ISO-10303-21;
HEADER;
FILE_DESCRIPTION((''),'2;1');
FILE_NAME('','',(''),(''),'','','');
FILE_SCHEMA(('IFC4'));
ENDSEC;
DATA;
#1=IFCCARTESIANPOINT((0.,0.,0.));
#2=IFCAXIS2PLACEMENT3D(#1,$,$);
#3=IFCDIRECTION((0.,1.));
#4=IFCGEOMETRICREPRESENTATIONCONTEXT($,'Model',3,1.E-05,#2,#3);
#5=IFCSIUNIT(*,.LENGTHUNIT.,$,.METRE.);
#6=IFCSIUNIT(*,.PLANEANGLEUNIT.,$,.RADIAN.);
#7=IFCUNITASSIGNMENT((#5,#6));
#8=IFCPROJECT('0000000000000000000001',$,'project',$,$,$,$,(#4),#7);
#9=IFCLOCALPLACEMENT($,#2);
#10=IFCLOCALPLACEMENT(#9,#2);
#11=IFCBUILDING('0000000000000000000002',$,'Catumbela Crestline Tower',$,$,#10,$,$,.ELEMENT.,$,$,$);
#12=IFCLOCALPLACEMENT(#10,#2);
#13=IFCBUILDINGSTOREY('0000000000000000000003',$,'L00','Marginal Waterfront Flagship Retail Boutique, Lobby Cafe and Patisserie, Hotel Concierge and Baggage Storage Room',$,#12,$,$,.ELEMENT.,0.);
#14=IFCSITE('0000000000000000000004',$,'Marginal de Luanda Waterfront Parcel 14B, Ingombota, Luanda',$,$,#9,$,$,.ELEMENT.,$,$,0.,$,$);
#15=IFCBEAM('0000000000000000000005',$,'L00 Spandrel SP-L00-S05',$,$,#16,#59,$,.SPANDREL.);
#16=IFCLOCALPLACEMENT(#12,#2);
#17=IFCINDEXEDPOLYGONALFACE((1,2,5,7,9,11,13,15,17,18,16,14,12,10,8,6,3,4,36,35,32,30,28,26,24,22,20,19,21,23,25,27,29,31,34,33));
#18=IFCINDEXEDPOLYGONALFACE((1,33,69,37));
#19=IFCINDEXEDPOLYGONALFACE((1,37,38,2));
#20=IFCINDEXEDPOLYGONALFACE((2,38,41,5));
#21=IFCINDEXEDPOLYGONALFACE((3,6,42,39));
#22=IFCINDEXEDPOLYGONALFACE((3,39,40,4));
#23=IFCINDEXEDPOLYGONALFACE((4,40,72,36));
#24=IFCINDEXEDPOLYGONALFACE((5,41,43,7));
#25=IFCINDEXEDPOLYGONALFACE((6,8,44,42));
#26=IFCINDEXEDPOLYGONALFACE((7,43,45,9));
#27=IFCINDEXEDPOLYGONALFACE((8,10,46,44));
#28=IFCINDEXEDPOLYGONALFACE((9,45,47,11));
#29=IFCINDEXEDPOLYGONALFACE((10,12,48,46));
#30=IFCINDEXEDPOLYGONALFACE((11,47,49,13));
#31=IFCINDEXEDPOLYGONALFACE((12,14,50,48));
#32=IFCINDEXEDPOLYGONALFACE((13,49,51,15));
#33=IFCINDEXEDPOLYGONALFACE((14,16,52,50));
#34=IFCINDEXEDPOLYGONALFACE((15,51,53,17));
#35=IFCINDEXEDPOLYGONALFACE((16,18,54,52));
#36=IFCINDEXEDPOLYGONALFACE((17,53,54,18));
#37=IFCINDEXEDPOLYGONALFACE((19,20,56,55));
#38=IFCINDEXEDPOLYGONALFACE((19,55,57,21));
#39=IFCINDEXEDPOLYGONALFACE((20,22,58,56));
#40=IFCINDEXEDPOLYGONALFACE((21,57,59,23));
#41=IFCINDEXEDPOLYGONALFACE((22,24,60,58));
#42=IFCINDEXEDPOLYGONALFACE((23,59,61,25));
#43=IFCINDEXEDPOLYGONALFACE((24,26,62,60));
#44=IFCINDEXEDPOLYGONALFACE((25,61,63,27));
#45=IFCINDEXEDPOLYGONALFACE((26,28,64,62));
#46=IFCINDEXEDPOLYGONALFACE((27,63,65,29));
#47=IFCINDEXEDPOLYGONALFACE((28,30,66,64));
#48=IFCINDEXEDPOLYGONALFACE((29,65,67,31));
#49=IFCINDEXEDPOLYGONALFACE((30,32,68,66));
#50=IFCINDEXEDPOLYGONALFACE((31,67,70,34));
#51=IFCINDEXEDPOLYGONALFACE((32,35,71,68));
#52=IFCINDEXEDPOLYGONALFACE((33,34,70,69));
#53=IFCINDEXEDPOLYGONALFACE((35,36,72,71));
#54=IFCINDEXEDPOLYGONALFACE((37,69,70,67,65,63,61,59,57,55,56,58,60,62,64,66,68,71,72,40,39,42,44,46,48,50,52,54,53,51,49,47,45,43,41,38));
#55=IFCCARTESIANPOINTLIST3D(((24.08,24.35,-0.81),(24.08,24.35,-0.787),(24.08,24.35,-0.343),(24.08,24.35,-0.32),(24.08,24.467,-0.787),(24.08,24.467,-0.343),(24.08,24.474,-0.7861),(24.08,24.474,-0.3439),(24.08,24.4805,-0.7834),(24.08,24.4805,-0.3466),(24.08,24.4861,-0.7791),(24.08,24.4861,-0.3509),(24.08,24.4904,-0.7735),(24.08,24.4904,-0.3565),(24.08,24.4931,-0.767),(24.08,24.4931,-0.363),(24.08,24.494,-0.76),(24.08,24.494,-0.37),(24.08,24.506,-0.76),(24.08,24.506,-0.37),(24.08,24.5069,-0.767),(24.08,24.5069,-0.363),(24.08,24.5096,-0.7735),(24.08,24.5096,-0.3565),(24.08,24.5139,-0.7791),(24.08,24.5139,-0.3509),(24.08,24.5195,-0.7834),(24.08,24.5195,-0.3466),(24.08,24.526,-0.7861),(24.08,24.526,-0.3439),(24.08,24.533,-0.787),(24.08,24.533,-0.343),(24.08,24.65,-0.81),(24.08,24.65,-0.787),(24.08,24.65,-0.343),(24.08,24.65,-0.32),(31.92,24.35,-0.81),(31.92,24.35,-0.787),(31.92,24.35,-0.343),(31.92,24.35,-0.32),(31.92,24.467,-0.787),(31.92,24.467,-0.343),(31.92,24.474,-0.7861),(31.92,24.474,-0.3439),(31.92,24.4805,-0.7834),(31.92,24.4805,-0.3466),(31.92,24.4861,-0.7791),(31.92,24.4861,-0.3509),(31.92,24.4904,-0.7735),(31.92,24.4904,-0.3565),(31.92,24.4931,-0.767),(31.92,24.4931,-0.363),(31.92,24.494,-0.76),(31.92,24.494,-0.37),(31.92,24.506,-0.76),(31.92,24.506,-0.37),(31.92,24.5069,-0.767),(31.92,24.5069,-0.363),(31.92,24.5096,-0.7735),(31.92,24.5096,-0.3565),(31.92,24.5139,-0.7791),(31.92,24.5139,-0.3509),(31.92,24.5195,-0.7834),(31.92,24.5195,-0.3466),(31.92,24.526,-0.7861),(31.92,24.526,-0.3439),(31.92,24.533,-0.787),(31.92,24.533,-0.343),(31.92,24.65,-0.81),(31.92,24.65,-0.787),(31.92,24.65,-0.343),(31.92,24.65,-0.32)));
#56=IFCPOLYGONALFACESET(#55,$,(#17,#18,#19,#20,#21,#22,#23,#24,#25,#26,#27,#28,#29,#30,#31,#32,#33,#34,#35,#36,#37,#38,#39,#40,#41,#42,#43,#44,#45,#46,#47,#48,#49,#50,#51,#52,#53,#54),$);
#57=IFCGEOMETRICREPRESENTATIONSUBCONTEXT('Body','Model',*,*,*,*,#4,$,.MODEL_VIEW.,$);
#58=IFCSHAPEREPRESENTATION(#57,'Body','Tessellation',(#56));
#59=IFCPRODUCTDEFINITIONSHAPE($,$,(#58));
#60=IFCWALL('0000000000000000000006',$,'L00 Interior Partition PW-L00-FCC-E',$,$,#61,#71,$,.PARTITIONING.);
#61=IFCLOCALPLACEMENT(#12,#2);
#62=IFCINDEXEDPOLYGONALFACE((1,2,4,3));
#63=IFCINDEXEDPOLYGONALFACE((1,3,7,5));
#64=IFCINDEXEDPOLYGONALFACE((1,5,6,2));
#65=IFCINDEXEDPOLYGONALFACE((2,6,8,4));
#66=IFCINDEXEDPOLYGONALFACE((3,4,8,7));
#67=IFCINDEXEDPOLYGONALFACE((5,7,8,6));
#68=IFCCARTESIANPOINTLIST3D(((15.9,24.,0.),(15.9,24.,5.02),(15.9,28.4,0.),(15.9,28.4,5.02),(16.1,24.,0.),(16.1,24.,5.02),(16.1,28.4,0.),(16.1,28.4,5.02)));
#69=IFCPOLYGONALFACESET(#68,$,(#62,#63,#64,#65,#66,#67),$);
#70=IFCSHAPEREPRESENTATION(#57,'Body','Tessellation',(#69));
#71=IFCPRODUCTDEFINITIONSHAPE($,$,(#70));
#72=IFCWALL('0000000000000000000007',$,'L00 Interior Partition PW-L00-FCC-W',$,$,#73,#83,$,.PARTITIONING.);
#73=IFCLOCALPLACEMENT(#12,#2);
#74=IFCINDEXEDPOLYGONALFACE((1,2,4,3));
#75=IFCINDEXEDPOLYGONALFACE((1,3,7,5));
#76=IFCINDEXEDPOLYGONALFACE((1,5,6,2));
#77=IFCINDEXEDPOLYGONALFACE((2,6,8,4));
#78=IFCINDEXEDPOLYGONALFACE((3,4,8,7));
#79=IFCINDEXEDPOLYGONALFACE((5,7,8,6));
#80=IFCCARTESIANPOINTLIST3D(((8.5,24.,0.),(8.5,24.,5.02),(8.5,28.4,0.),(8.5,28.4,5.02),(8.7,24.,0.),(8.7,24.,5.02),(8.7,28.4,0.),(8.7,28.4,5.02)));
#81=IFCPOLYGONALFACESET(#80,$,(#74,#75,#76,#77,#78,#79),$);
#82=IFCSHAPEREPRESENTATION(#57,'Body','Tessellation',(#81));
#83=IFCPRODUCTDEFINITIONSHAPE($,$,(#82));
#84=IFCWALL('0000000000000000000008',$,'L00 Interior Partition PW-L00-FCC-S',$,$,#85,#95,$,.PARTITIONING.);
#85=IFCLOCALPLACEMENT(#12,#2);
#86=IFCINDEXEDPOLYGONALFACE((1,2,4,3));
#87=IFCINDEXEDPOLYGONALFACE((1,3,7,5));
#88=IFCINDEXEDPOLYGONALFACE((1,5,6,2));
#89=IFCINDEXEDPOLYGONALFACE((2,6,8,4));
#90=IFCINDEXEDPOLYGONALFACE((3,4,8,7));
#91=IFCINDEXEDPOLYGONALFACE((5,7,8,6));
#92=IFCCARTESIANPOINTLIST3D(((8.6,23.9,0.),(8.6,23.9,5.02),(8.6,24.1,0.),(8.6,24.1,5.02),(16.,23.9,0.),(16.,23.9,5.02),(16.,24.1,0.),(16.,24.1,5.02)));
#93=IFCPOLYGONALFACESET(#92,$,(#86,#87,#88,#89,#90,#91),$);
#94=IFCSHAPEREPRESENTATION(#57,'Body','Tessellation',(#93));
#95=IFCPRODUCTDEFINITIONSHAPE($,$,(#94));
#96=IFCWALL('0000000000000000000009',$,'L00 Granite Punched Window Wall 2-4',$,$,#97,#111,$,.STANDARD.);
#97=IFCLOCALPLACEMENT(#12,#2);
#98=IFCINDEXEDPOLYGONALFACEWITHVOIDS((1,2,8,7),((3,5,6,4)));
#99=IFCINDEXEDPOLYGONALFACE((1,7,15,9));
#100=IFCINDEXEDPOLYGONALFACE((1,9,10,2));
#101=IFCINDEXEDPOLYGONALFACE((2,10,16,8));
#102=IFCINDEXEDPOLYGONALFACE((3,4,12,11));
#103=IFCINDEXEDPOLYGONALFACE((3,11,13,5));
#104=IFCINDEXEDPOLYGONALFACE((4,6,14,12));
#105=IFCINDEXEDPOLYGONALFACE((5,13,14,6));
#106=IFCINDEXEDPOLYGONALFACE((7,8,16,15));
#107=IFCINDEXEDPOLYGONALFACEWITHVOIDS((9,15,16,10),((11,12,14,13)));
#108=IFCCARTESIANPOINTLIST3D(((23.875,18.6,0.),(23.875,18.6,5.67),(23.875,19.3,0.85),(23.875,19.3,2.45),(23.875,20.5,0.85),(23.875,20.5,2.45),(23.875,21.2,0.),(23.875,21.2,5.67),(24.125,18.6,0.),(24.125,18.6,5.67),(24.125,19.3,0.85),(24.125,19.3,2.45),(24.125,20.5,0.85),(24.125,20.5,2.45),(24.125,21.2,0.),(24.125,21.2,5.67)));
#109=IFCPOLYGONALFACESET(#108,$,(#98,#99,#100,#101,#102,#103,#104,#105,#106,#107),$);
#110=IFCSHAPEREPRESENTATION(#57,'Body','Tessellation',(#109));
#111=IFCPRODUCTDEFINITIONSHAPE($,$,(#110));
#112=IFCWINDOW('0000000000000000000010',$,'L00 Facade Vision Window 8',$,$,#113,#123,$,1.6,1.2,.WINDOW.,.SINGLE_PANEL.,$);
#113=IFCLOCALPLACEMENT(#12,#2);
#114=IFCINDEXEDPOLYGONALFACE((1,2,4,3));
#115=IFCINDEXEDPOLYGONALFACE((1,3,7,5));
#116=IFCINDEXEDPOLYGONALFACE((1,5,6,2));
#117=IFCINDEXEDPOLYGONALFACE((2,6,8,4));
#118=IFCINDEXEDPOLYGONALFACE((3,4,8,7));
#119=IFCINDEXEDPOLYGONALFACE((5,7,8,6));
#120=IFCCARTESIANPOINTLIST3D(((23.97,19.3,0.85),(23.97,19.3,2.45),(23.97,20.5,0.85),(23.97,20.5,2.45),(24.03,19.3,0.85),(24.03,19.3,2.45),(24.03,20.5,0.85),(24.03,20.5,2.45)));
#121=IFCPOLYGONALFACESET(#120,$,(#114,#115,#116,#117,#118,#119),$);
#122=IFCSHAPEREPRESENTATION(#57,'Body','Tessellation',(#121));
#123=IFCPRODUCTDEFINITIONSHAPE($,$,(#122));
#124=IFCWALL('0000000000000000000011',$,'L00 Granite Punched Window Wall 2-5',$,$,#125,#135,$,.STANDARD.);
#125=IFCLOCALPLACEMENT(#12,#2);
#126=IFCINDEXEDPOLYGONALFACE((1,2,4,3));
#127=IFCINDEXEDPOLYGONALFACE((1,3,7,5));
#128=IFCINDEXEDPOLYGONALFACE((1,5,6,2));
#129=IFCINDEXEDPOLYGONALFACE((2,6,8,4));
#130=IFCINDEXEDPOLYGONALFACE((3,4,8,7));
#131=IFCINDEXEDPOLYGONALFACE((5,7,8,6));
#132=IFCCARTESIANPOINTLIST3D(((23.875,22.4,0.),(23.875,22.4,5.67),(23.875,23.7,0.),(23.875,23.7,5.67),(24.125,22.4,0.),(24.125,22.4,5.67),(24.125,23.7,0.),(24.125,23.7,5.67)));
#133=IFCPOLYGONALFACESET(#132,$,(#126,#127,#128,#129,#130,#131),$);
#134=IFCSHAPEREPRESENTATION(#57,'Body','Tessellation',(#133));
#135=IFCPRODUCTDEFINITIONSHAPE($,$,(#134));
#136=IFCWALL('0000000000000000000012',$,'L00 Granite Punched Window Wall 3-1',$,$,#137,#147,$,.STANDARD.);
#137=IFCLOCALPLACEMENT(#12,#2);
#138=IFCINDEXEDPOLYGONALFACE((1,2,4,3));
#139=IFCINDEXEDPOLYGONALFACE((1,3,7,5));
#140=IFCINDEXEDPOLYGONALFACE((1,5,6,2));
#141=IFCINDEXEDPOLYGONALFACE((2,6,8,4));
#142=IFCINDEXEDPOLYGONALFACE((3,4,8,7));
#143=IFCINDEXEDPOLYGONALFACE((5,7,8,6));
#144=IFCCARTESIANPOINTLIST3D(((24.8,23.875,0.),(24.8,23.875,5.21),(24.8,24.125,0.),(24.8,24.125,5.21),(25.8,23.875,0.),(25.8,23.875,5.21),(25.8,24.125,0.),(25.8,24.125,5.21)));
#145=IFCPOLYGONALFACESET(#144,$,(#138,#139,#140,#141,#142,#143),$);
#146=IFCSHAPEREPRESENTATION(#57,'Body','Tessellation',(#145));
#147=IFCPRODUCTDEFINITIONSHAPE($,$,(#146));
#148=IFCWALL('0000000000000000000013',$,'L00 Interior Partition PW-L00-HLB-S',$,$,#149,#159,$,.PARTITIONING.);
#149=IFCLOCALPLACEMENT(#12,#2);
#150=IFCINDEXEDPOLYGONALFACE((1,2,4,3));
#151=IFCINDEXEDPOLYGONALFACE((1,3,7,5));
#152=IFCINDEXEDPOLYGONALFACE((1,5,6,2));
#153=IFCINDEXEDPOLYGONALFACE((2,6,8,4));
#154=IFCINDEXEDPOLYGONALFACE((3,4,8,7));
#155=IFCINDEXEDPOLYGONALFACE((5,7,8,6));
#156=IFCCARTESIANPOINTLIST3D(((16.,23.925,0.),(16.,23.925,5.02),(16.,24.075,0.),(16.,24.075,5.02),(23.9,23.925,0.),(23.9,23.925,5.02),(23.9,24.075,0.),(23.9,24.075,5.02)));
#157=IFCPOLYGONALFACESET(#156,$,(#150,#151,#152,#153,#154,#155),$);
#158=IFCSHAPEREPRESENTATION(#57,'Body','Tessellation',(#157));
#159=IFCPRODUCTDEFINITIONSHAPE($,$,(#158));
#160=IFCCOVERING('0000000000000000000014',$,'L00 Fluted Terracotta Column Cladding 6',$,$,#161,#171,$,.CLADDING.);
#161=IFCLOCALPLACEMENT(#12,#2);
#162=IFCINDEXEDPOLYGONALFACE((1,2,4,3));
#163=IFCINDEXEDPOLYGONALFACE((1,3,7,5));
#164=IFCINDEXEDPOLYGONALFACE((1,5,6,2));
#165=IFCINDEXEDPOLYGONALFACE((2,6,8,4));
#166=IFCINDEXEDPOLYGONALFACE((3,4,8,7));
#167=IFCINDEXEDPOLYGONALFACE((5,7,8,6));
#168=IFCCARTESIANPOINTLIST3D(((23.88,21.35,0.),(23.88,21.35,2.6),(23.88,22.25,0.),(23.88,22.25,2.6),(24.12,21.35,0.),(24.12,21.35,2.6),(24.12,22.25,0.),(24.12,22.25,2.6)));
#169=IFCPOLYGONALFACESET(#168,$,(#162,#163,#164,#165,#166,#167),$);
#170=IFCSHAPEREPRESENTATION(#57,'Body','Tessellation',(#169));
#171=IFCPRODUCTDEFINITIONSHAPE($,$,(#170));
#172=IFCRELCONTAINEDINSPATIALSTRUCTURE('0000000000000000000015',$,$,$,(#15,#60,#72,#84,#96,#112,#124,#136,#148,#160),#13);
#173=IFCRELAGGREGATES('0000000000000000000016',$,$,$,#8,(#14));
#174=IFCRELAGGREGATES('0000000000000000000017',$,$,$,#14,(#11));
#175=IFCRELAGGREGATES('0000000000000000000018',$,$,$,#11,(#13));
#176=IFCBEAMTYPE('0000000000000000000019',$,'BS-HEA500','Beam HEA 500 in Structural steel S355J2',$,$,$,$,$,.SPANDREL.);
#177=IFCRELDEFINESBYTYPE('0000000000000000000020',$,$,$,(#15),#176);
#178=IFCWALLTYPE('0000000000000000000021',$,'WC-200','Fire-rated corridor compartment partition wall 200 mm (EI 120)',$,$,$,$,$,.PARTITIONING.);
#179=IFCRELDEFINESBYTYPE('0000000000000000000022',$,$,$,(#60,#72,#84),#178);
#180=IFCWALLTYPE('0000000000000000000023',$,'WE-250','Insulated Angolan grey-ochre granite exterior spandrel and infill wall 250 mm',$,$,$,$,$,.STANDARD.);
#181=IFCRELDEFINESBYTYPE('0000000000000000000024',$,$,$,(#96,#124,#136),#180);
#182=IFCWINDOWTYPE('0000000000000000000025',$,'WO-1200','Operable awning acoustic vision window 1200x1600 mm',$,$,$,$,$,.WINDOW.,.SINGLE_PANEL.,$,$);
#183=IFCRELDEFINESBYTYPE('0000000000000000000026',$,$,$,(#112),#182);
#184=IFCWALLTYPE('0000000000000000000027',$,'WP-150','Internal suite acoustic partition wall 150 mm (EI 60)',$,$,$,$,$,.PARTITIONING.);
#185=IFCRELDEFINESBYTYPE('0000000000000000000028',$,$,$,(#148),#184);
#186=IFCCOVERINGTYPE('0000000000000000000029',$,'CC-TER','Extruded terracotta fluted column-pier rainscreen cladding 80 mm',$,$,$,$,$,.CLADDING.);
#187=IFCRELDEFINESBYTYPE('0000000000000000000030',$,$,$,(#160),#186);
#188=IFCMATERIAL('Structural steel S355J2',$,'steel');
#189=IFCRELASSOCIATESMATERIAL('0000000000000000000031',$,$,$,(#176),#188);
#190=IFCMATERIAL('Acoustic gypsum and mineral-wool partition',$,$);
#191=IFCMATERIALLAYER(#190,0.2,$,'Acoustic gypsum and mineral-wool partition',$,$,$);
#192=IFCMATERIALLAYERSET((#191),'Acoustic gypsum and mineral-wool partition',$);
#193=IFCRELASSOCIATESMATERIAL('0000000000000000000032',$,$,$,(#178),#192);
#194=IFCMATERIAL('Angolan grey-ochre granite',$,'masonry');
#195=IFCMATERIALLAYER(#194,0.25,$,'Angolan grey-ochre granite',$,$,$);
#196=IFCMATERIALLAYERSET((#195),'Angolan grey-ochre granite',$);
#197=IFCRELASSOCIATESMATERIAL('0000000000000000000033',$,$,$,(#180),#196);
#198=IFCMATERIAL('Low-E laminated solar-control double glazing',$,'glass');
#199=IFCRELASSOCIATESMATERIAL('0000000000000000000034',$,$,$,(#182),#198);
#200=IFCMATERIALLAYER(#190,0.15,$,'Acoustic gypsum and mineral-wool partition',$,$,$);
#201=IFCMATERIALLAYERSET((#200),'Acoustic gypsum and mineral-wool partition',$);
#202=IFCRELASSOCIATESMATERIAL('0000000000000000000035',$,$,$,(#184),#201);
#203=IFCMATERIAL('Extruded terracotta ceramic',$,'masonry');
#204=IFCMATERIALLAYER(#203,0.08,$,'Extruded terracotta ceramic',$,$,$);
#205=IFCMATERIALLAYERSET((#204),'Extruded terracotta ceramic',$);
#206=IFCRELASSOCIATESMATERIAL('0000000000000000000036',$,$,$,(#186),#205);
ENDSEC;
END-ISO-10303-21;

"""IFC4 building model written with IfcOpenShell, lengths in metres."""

from ifc_helpers import new_model, si_unit, direction, frame, frame_2d, origin, origin_2d, place, context, subcontext, project, spatial, rectangle, i_section, extrude, material, layer, layer_set, material_profile, profile_set, type_object, element, fill, save


model = new_model("IFC4")

# Units and contexts
model_context = context("Model", 3, precision=1e-05, world=origin(), true_north=direction((0.0, 1.0)))
body_context = subcontext(model_context, "Body", "Model", "MODEL_VIEW")
ifc_project = project(units=[si_unit("LENGTHUNIT", "METRE"), si_unit("PLANEANGLEUNIT", "RADIAN")], contexts=[model_context])

# Site, building, storey
site_placement = place(None, origin())
site = spatial("IfcSite", under=ifc_project, at=site_placement, Name="Marginal de Luanda Waterfront Parcel 14B, Ingombota, Luanda", CompositionType="ELEMENT", RefElevation=0.0)
building_placement = place(site_placement, origin())
building = spatial("IfcBuilding", under=site, at=building_placement, Name="Catumbela Crestline Tower", CompositionType="ELEMENT")
storey_placement = place(building_placement, origin())
storey = spatial("IfcBuildingStorey", under=building, at=storey_placement, Name="L00", Description="Marginal Waterfront Flagship Retail Boutique, Lobby Cafe and Patisserie, Hotel Concierge and Baggage Storage Room", CompositionType="ELEMENT", Elevation=0.0)

# Beam
ifc_material_1 = material(Name="Structural steel S355J2", Category="steel")
ifc_material_profile_1 = material_profile(ifc_material_1, i_section(OverallWidth=0.3, OverallDepth=0.49, WebThickness=0.012, FlangeThickness=0.023, FilletRadius=0.027, at=origin_2d()), Name="HEA 500")
ifc_profile_set_1 = profile_set([ifc_material_profile_1], Name="Structural steel S355J2")
beam_type_1 = type_object("IfcBeamType", Name="BS-HEA500", Description="Beam HEA 500 in Structural steel S355J2", PredefinedType="SPANDREL", material=ifc_profile_set_1)
beam_1_placement = place(storey_placement, frame((24.08, 24.5, -0.565), z_axis=(1.0, 0.0, 0.0), x_axis=(0.0, 1.0, 0.0)))
element("IfcBeam", 1, at=beam_1_placement, inside=storey, type_object=beam_type_1, Name="L00 Spandrel SP-L00-S05", PredefinedType="SPANDREL", context=body_context, shape_type="SweptSolid", body=[
    extrude(i_section(OverallWidth=0.3, OverallDepth=0.49, WebThickness=0.012, FlangeThickness=0.023, FilletRadius=0.027, at=origin_2d()), origin(), (0.0, 0.0, 1.0), 7.84),
])

# Walls
ifc_material_2 = material(Name="Acoustic gypsum and mineral-wool partition")
ifc_layer_1 = layer(ifc_material_2, 0.2, Name="Acoustic gypsum and mineral-wool partition")
ifc_layer_set_1 = layer_set([ifc_layer_1], Name="Acoustic gypsum and mineral-wool partition")
wall_type_1 = type_object("IfcWallType", Name="WC-200", Description="Fire-rated corridor compartment partition wall 200 mm (EI 120)", PredefinedType="PARTITIONING", material=ifc_layer_set_1)
for number, where, z_axis, x_axis, name in (
    (2, (16.0, 24.0, 0.0), (0.0, 0.0, 1.0), (0.0, 1.0, 0.0), "L00 Interior Partition PW-L00-FCC-E"),
    (3, (8.6, 24.0, 0.0), (0.0, 0.0, 1.0), (0.0, 1.0, 0.0), "L00 Interior Partition PW-L00-FCC-W"),
):
    element("IfcWall", number, at=place(storey_placement, frame(where, z_axis=z_axis, x_axis=x_axis)), inside=storey, type_object=wall_type_1, Name=name, PredefinedType="PARTITIONING", context=body_context, shape_type="SweptSolid", body=[
        extrude(rectangle(XDim=4.4, YDim=0.2, at=frame_2d((2.2, 0.0))), origin(), (0.0, 0.0, 1.0), 5.02),
    ])
wall_1_placement = place(storey_placement, frame((8.6, 24.0, 0.0), z_axis=(0.0, 0.0, 1.0), x_axis=(1.0, 0.0, 0.0)))
element("IfcWall", 4, at=wall_1_placement, inside=storey, type_object=wall_type_1, Name="L00 Interior Partition PW-L00-FCC-S", PredefinedType="PARTITIONING", context=body_context, shape_type="SweptSolid", body=[
    extrude(rectangle(XDim=7.4, YDim=0.2, at=frame_2d((3.7, 0.0))), origin(), (0.0, 0.0, 1.0), 5.02),
])

# Wall, opening, window
ifc_material_3 = material(Name="Angolan grey-ochre granite", Category="masonry")
ifc_layer_2 = layer(ifc_material_3, 0.25, Name="Angolan grey-ochre granite")
ifc_layer_set_2 = layer_set([ifc_layer_2], Name="Angolan grey-ochre granite")
wall_type_2 = type_object("IfcWallType", Name="WE-250", Description="Insulated Angolan grey-ochre granite exterior spandrel and infill wall 250 mm", PredefinedType="STANDARD", material=ifc_layer_set_2)
wall_2_placement = place(storey_placement, frame((24.0, 18.6, 0.0), z_axis=(0.0, 0.0, 1.0), x_axis=(0.0, 1.0, 0.0)))
wall_2 = element("IfcWall", 5, at=wall_2_placement, inside=storey, type_object=wall_type_2, Name="L00 Granite Punched Window Wall 2-4", PredefinedType="STANDARD", context=body_context, shape_type="SweptSolid", body=[
    extrude(rectangle(XDim=2.6, YDim=0.25, at=frame_2d((1.3, 0.0))), origin(), (0.0, 0.0, 1.0), 5.67),
])
opening_placement = place(wall_2_placement, frame((0.7, 0.0, 0.85)))
opening = element("IfcOpeningElement", 6, at=opening_placement, cuts=wall_2, PredefinedType="OPENING", context=body_context, shape_type="SweptSolid", body=[
    extrude(rectangle(XDim=1.2, YDim=1.6, at=frame_2d((0.6, 0.8))), frame((0.0, 0.135, 0.0), z_axis=(0.0, -1.0, 0.0), x_axis=(1.0, 0.0, 0.0)), (0.0, 0.0, 1.0), 0.27),
])
ifc_material_4 = material(Name="Low-E laminated solar-control double glazing", Category="glass")
window_type = type_object("IfcWindowType", Name="WO-1200", Description="Operable awning acoustic vision window 1200x1600 mm", PartitioningType="SINGLE_PANEL", PredefinedType="WINDOW", material=ifc_material_4)
window_placement = place(opening_placement, origin())
window = element("IfcWindow", 7, at=window_placement, inside=storey, type_object=window_type, Name="L00 Facade Vision Window 8", OverallHeight=1.6, OverallWidth=1.2, PartitioningType="SINGLE_PANEL", PredefinedType="WINDOW", context=body_context, shape_type="SweptSolid", body=[
    extrude(rectangle(XDim=1.2, YDim=1.6, at=frame_2d((0.6, 0.8))), frame((0.0, 0.03, 0.0), z_axis=(0.0, -1.0, 0.0), x_axis=(1.0, 0.0, 0.0)), (0.0, 0.0, 1.0), 0.06),
])
fill(opening, window)

# Walls
wall_3_placement = place(storey_placement, frame((24.0, 22.4, 0.0), z_axis=(0.0, 0.0, 1.0), x_axis=(0.0, 1.0, 0.0)))
element("IfcWall", 8, at=wall_3_placement, inside=storey, type_object=wall_type_2, Name="L00 Granite Punched Window Wall 2-5", PredefinedType="STANDARD", context=body_context, shape_type="SweptSolid", body=[
    extrude(rectangle(XDim=1.3, YDim=0.25, at=frame_2d((0.65, 0.0))), origin(), (0.0, 0.0, 1.0), 5.67),
])
wall_4_placement = place(storey_placement, frame((24.8, 24.0, 0.0), z_axis=(0.0, 0.0, 1.0), x_axis=(1.0, 0.0, 0.0)))
element("IfcWall", 9, at=wall_4_placement, inside=storey, type_object=wall_type_2, Name="L00 Granite Punched Window Wall 3-1", PredefinedType="STANDARD", context=body_context, shape_type="SweptSolid", body=[
    extrude(rectangle(XDim=1.0, YDim=0.25, at=frame_2d((0.5, 0.0))), origin(), (0.0, 0.0, 1.0), 5.21),
])
ifc_layer_3 = layer(ifc_material_2, 0.15, Name="Acoustic gypsum and mineral-wool partition")
ifc_layer_set_3 = layer_set([ifc_layer_3], Name="Acoustic gypsum and mineral-wool partition")
wall_type_3 = type_object("IfcWallType", Name="WP-150", Description="Internal suite acoustic partition wall 150 mm (EI 60)", PredefinedType="PARTITIONING", material=ifc_layer_set_3)
wall_5_placement = place(storey_placement, frame((16.0, 24.0, 0.0), z_axis=(0.0, 0.0, 1.0), x_axis=(1.0, 0.0, 0.0)))
element("IfcWall", 10, at=wall_5_placement, inside=storey, type_object=wall_type_3, Name="L00 Interior Partition PW-L00-HLB-S", PredefinedType="PARTITIONING", context=body_context, shape_type="SweptSolid", body=[
    extrude(rectangle(XDim=7.9, YDim=0.15, at=frame_2d((3.95, 0.0))), origin(), (0.0, 0.0, 1.0), 5.02),
])

# Covering
ifc_material_5 = material(Name="Extruded terracotta ceramic", Category="masonry")
ifc_layer_4 = layer(ifc_material_5, 0.08, Name="Extruded terracotta ceramic")
ifc_layer_set_4 = layer_set([ifc_layer_4], Name="Extruded terracotta ceramic")
covering_type = type_object("IfcCoveringType", Name="CC-TER", Description="Extruded terracotta fluted column-pier rainscreen cladding 80 mm", PredefinedType="CLADDING", material=ifc_layer_set_4)
covering_placement = place(storey_placement, frame((24.0, 21.8, 0.0), z_axis=(0.0, 0.0, 1.0), x_axis=(0.0, 1.0, 0.0)))
element("IfcCovering", 11, at=covering_placement, inside=storey, type_object=covering_type, Name="L00 Fluted Terracotta Column Cladding 6", PredefinedType="CLADDING", context=body_context, shape_type="SweptSolid", body=[
    extrude(rectangle(XDim=0.9, YDim=0.24, at=origin_2d()), origin(), (0.0, 0.0, 1.0), 2.6),
])

save(model, "model.ifc")
